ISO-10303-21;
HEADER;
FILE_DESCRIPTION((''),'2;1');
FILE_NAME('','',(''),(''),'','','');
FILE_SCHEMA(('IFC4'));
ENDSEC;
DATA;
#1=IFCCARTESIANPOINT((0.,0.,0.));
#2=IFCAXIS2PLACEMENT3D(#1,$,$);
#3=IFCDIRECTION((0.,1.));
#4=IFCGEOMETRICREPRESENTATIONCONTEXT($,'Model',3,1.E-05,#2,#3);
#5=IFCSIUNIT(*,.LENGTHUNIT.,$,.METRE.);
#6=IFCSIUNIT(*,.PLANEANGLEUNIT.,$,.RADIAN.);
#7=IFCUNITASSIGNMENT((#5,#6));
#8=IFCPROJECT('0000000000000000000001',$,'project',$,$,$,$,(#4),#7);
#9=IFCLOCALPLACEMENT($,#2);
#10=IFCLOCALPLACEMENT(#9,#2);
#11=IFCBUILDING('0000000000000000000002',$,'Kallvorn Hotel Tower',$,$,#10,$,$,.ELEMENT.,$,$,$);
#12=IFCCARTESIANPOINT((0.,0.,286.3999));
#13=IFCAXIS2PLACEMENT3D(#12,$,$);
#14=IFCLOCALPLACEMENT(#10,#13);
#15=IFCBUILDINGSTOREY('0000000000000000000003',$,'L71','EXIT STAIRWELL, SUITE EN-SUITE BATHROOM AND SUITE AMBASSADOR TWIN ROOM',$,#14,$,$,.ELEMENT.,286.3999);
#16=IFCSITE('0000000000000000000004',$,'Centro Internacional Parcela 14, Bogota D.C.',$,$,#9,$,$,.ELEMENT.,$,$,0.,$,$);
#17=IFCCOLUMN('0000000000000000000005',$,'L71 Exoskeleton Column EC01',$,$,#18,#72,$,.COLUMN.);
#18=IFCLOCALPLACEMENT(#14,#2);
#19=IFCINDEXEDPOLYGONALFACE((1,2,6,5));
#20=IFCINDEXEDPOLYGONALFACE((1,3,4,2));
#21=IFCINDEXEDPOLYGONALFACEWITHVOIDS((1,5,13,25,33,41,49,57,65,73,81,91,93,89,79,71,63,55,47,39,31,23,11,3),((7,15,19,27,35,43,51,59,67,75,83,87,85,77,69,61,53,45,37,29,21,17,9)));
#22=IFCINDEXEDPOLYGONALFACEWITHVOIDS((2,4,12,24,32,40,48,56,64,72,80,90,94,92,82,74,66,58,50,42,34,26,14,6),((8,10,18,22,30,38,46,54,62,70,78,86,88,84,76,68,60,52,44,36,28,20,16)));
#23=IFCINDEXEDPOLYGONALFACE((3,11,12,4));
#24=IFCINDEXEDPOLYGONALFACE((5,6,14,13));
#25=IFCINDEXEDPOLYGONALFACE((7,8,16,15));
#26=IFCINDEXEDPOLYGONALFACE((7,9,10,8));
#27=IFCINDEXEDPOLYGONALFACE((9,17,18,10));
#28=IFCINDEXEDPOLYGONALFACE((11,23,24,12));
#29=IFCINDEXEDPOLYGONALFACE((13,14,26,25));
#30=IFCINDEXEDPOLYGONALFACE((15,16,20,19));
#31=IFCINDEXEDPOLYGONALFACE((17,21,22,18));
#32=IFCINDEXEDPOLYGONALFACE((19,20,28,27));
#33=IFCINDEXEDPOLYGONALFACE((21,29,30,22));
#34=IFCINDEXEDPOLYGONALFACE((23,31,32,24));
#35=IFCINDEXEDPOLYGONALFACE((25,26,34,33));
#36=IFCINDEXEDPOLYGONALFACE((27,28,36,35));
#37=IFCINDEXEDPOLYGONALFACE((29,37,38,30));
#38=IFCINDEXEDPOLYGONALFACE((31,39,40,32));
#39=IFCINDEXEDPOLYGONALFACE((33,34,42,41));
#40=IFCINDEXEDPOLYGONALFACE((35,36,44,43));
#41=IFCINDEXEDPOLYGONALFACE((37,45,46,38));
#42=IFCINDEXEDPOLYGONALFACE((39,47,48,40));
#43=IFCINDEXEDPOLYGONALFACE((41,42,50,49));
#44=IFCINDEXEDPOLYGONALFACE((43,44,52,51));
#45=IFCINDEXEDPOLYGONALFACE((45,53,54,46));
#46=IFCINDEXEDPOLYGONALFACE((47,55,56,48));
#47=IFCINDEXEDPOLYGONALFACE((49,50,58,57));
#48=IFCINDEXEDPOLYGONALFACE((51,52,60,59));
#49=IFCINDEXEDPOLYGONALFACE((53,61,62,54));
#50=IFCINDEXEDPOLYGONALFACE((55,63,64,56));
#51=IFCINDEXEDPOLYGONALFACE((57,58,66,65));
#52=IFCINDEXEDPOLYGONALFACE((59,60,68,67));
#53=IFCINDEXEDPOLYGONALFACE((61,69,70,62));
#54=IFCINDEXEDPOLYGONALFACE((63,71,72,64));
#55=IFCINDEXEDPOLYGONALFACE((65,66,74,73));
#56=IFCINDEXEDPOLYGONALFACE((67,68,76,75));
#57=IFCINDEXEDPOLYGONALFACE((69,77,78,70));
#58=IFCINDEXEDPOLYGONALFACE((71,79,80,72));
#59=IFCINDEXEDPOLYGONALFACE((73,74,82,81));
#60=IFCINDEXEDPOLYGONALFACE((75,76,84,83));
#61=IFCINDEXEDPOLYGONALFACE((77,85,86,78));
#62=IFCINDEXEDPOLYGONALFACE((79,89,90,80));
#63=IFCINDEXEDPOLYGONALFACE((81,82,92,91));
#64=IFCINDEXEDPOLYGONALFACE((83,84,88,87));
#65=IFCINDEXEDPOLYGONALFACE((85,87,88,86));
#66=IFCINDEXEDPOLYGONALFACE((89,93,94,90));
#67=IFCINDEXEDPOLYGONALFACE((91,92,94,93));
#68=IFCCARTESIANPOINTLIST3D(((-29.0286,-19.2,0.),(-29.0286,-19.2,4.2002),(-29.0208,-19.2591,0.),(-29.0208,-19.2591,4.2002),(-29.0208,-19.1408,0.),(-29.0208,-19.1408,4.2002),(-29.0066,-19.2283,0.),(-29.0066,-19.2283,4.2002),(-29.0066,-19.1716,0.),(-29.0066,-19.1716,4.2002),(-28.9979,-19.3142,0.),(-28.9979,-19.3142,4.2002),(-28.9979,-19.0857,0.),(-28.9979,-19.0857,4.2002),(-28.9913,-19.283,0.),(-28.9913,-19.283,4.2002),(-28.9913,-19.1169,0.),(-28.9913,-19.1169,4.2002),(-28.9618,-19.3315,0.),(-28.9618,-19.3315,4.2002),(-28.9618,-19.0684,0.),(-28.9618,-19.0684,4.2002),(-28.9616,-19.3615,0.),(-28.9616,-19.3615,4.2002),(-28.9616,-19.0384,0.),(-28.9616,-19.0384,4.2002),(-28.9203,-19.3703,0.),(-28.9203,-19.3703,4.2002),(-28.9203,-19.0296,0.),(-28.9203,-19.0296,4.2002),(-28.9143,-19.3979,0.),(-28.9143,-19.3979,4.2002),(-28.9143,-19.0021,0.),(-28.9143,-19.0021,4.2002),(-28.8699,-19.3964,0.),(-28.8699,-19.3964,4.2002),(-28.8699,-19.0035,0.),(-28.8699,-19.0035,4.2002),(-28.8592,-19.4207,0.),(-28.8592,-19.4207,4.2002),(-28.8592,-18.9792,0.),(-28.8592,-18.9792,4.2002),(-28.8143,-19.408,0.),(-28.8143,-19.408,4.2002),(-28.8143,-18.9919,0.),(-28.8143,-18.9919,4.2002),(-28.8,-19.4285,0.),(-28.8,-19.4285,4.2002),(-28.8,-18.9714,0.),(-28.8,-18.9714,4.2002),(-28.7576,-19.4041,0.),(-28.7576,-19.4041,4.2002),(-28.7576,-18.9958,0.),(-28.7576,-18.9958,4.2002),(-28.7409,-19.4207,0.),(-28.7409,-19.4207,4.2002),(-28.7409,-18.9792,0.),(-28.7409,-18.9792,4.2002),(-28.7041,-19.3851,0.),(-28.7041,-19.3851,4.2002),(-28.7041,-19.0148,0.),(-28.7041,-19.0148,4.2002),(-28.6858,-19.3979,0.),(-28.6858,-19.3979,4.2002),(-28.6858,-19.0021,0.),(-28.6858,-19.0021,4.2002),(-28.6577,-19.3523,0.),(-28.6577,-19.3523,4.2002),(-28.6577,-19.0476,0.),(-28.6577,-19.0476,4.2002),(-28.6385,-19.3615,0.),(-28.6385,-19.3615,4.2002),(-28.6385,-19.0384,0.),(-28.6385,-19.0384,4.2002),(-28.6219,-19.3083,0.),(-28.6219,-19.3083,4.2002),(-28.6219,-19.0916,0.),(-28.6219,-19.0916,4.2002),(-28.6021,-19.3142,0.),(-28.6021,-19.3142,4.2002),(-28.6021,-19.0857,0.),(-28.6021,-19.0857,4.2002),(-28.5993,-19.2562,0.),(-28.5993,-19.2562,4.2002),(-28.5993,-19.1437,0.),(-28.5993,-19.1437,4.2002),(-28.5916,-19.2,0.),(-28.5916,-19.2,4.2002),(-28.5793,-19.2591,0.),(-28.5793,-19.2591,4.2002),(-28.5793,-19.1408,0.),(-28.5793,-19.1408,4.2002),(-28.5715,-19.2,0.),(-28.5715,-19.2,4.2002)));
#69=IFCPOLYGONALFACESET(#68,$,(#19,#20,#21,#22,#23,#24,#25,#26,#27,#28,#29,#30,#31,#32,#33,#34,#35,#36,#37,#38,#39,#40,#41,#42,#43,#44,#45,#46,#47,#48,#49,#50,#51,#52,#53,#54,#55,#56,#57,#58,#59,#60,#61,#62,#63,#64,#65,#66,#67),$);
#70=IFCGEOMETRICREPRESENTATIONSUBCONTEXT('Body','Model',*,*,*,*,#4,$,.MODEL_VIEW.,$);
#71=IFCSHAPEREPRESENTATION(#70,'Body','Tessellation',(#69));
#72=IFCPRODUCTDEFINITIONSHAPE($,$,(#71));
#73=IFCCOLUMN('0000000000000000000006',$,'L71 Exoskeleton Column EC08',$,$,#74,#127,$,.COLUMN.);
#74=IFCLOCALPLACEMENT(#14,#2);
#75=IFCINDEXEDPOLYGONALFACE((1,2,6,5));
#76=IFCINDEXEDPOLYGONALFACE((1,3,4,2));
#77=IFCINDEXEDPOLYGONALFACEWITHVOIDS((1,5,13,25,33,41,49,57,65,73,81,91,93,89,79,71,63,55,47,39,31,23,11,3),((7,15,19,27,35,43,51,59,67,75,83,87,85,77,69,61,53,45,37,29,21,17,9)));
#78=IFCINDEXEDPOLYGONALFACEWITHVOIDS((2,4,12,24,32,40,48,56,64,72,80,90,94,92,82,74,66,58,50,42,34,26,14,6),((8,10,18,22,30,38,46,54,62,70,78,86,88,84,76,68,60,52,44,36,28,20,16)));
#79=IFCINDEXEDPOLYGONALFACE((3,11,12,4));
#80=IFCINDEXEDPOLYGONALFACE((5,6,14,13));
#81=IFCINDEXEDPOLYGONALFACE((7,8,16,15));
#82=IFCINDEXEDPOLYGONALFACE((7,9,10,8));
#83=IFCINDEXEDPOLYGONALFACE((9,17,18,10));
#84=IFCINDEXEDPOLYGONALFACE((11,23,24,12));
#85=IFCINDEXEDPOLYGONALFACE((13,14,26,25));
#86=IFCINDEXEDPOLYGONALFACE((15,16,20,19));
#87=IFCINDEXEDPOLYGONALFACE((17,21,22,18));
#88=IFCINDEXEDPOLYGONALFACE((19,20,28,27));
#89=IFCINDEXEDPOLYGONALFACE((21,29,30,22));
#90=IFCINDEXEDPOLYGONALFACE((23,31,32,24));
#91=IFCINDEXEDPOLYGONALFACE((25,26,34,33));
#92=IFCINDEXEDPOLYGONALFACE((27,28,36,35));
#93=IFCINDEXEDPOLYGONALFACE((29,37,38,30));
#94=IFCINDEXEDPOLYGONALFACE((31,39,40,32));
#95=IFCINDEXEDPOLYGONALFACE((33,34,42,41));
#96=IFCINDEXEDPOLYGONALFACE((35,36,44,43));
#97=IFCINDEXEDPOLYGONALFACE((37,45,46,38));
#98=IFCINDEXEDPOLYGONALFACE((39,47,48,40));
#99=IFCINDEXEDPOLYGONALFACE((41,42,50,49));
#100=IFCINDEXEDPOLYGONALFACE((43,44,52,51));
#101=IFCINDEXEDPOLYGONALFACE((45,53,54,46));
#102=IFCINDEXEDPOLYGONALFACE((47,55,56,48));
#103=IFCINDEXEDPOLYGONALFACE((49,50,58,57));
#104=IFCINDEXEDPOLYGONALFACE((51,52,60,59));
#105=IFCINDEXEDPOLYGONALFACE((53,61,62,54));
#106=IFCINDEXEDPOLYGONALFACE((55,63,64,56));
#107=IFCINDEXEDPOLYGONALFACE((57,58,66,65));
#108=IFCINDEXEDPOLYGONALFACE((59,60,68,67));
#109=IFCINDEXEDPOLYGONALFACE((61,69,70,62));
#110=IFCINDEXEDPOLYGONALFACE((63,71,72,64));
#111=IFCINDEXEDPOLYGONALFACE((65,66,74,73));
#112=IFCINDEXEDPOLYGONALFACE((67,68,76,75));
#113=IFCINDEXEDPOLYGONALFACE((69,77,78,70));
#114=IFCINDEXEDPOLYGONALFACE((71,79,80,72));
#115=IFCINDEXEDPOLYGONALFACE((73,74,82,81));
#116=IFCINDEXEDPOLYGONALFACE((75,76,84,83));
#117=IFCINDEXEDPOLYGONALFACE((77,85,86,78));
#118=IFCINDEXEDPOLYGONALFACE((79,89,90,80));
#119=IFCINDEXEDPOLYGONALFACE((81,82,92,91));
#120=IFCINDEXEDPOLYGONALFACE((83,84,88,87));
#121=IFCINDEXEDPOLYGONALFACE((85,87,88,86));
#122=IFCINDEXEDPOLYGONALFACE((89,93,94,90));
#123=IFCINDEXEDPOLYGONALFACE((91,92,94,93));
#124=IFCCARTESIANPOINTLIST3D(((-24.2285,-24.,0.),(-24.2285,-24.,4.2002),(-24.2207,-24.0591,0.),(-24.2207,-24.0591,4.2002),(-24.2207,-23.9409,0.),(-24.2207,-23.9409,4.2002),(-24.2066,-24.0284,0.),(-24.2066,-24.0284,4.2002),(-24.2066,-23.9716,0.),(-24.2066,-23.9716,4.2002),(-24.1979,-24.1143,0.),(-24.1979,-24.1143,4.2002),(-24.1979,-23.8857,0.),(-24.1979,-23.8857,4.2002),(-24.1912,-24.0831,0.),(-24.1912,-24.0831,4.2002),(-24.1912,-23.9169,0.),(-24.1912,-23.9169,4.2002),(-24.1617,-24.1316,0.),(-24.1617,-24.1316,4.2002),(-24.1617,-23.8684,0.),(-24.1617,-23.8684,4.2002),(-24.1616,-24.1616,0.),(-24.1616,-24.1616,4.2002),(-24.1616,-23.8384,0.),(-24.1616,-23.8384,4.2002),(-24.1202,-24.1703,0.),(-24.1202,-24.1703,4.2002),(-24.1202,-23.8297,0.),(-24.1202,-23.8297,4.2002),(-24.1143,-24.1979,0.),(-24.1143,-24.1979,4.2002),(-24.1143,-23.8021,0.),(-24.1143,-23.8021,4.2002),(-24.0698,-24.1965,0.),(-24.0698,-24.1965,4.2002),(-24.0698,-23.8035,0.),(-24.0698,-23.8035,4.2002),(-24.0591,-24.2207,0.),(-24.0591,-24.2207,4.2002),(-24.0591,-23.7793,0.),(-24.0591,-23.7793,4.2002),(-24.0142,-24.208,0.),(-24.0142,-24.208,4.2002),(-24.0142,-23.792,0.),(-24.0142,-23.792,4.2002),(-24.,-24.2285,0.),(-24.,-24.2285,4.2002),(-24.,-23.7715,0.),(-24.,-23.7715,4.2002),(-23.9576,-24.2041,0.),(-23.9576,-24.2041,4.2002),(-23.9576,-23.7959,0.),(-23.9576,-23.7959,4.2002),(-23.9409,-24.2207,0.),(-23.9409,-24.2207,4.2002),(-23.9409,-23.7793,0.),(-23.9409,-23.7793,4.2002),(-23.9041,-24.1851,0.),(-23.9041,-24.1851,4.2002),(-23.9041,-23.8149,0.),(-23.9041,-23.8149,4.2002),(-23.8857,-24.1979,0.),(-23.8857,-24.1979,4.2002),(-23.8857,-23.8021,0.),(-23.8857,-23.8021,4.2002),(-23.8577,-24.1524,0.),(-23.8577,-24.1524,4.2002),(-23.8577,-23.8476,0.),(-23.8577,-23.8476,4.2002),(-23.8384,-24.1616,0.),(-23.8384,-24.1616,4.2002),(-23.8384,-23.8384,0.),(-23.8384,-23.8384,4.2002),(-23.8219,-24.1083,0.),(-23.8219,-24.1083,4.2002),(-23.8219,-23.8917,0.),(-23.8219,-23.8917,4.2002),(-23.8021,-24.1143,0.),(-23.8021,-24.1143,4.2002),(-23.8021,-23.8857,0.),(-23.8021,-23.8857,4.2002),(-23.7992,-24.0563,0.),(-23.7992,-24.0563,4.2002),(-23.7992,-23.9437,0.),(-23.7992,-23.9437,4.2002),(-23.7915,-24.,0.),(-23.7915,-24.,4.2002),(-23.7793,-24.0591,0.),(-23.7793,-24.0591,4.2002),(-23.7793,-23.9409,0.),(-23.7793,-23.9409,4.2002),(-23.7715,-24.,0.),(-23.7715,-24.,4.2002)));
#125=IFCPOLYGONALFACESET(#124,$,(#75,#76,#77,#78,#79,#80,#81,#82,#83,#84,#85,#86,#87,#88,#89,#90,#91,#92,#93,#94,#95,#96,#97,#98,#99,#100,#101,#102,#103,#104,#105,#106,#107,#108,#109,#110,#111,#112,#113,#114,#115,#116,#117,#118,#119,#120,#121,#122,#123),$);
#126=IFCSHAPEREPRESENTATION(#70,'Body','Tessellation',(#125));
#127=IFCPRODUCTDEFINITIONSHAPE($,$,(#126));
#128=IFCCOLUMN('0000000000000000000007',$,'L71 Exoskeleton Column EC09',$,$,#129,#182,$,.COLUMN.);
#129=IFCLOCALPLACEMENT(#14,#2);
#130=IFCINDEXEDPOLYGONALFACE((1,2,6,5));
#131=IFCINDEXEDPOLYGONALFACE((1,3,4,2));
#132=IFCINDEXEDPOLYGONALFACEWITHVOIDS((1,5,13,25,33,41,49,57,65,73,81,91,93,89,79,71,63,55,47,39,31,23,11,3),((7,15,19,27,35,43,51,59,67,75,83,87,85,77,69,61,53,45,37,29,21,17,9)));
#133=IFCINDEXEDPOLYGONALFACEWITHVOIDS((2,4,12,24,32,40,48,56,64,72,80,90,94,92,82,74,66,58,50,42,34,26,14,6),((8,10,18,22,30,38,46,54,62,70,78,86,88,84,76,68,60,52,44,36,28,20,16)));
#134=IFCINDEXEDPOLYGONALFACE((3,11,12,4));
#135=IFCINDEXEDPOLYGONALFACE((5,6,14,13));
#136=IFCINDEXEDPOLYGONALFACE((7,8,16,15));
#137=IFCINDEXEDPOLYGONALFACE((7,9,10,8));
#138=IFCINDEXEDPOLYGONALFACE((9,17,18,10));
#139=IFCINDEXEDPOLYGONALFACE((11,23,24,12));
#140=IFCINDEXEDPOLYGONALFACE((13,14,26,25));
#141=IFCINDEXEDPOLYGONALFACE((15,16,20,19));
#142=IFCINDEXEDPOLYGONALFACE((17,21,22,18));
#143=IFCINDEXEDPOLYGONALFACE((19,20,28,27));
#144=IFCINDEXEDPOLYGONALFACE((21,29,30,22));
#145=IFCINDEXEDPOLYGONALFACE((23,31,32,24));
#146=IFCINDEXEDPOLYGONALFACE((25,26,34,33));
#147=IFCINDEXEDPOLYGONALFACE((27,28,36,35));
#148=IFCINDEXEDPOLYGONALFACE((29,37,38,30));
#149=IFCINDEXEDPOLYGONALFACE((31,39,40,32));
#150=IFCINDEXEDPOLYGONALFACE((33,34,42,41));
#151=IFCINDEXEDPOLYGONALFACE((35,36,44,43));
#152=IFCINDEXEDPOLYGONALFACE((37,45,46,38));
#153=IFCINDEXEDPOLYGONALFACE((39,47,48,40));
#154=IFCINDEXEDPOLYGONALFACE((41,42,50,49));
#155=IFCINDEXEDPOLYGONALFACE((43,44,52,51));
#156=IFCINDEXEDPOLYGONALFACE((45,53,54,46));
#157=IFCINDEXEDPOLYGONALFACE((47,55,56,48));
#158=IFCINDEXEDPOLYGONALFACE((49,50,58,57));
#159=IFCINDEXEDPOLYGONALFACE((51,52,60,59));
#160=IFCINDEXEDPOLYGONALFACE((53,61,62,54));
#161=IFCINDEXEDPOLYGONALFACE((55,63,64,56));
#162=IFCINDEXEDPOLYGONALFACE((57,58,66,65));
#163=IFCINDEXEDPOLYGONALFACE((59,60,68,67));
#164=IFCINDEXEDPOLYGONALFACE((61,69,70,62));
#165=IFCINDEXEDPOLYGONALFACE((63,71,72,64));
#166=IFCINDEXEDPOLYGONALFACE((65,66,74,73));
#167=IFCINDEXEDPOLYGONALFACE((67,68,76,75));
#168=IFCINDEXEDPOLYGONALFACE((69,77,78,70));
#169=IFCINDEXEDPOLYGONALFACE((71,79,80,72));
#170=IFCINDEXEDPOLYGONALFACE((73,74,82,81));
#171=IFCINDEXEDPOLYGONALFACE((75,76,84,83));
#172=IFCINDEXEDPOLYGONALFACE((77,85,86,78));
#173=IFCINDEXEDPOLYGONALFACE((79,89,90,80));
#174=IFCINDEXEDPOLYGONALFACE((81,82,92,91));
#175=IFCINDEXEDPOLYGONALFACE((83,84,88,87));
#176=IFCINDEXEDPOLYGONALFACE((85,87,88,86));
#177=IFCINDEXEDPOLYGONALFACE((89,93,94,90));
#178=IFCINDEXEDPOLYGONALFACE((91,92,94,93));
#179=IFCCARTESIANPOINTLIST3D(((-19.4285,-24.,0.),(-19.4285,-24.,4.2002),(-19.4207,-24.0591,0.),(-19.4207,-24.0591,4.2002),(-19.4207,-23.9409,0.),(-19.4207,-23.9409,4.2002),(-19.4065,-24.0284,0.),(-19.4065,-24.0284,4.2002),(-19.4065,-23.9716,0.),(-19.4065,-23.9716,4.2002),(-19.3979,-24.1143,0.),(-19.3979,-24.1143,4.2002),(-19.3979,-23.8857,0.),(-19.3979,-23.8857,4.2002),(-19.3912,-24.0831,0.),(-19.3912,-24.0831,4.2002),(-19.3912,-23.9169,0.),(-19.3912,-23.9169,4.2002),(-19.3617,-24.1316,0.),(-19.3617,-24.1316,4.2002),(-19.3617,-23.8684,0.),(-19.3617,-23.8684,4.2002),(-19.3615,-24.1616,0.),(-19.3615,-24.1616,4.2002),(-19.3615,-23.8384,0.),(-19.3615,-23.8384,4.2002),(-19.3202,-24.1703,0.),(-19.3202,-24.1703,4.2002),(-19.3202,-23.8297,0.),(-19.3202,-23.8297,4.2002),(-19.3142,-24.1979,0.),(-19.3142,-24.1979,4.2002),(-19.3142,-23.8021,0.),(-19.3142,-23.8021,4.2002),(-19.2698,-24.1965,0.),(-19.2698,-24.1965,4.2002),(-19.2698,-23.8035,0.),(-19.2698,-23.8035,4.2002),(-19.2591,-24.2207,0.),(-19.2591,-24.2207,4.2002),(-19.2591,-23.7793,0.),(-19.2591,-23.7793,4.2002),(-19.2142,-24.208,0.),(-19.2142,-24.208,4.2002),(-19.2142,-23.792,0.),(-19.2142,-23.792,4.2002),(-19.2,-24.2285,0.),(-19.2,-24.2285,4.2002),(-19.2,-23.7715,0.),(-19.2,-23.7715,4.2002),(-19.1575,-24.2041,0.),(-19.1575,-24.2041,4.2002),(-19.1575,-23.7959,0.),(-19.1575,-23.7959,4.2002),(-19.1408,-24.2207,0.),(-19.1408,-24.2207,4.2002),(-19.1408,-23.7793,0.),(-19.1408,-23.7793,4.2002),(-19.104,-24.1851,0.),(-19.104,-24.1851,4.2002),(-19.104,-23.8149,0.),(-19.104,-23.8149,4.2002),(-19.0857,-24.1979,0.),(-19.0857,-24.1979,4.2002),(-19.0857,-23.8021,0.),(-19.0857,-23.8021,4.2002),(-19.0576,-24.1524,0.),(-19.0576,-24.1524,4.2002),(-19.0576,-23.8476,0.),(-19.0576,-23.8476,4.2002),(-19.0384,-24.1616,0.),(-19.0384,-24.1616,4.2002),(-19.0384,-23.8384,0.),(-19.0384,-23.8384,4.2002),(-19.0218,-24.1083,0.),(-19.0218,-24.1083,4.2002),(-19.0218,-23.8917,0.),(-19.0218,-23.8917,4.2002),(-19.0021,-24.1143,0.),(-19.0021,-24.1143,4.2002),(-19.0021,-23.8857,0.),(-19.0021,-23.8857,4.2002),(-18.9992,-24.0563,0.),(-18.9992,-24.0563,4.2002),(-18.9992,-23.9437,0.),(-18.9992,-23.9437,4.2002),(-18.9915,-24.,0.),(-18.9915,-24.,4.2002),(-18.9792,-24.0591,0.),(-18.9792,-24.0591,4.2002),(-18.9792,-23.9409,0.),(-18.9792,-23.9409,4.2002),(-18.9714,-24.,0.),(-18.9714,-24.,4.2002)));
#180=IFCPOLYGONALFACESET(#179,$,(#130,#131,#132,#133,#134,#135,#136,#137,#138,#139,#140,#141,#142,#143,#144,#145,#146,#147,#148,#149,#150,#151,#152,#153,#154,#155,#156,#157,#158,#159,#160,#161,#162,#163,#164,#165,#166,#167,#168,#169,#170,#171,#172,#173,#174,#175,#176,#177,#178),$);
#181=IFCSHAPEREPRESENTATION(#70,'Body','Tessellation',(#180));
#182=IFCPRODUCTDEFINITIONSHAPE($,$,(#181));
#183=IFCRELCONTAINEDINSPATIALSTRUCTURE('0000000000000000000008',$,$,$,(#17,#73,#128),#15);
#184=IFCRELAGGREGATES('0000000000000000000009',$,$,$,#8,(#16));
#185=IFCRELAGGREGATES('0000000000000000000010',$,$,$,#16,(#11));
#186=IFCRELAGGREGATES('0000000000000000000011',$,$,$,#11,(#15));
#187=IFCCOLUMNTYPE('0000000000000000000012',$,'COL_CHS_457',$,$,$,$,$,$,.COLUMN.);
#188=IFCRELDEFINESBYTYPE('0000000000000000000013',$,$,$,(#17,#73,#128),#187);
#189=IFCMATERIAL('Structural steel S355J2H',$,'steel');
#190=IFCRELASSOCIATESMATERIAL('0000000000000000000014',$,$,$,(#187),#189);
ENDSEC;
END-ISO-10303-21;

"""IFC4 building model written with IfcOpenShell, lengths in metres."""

from ifc_helpers import new_model, si_unit, direction, frame, origin, origin_2d, place, context, subcontext, project, spatial, hollow_circle, extrude, material, material_profile, profile_set, type_object, element, save


model = new_model("IFC4")

# Units and contexts
model_context = context("Model", 3, precision=1e-05, world=origin(), true_north=direction((0.0, 1.0)))
body_context = subcontext(model_context, "Body", "Model", "MODEL_VIEW")
ifc_project = project(units=[si_unit("LENGTHUNIT", "METRE"), si_unit("PLANEANGLEUNIT", "RADIAN")], contexts=[model_context])

# Site, building, storey
site_placement = place(None, origin())
site = spatial("IfcSite", under=ifc_project, at=site_placement, Name="Centro Internacional Parcela 14, Bogota D.C.", CompositionType="ELEMENT", RefElevation=0.0)
building_placement = place(site_placement, origin())
building = spatial("IfcBuilding", under=site, at=building_placement, Name="Kallvorn Hotel Tower", CompositionType="ELEMENT")
storey_placement = place(building_placement, frame((0.0, 0.0, 286.3999)))
storey = spatial("IfcBuildingStorey", under=building, at=storey_placement, Name="L71", Description="EXIT STAIRWELL, SUITE EN-SUITE BATHROOM AND SUITE AMBASSADOR TWIN ROOM", CompositionType="ELEMENT", Elevation=286.3999)

# Columns
ifc_material_1 = material(Name="Structural steel S355J2H", Category="steel")
ifc_material_profile_1 = material_profile(ifc_material_1, hollow_circle(Radius=0.2285, WallThickness=0.02, at=origin_2d()), Name="CHS 457x20")
ifc_profile_set_1 = profile_set([ifc_material_profile_1], Name="Structural steel S355J2H")
column_type = type_object("IfcColumnType", Name="COL_CHS_457", PredefinedType="COLUMN", material=ifc_profile_set_1)
for number, where, z_axis, x_axis, name in (
    (1, (-28.8, -19.2, 0.0), (0.0, 0.0, 1.0), (1.0, 0.0, 0.0), "L71 Exoskeleton Column EC01"),
    (2, (-24.0, -24.0, 0.0), (0.0, 0.0, 1.0), (1.0, 0.0, 0.0), "L71 Exoskeleton Column EC08"),
    (3, (-19.2, -24.0, 0.0), (0.0, 0.0, 1.0), (1.0, 0.0, 0.0), "L71 Exoskeleton Column EC09"),
):
    element("IfcColumn", number, at=place(storey_placement, frame(where, z_axis=z_axis, x_axis=x_axis)), inside=storey, type_object=column_type, Name=name, PredefinedType="COLUMN", context=body_context, shape_type="SweptSolid", body=[
        extrude(hollow_circle(Radius=0.2285, WallThickness=0.02, at=origin_2d()), origin(), (0.0, 0.0, 1.0), 4.2002),
    ])

save(model, "model.ifc")
